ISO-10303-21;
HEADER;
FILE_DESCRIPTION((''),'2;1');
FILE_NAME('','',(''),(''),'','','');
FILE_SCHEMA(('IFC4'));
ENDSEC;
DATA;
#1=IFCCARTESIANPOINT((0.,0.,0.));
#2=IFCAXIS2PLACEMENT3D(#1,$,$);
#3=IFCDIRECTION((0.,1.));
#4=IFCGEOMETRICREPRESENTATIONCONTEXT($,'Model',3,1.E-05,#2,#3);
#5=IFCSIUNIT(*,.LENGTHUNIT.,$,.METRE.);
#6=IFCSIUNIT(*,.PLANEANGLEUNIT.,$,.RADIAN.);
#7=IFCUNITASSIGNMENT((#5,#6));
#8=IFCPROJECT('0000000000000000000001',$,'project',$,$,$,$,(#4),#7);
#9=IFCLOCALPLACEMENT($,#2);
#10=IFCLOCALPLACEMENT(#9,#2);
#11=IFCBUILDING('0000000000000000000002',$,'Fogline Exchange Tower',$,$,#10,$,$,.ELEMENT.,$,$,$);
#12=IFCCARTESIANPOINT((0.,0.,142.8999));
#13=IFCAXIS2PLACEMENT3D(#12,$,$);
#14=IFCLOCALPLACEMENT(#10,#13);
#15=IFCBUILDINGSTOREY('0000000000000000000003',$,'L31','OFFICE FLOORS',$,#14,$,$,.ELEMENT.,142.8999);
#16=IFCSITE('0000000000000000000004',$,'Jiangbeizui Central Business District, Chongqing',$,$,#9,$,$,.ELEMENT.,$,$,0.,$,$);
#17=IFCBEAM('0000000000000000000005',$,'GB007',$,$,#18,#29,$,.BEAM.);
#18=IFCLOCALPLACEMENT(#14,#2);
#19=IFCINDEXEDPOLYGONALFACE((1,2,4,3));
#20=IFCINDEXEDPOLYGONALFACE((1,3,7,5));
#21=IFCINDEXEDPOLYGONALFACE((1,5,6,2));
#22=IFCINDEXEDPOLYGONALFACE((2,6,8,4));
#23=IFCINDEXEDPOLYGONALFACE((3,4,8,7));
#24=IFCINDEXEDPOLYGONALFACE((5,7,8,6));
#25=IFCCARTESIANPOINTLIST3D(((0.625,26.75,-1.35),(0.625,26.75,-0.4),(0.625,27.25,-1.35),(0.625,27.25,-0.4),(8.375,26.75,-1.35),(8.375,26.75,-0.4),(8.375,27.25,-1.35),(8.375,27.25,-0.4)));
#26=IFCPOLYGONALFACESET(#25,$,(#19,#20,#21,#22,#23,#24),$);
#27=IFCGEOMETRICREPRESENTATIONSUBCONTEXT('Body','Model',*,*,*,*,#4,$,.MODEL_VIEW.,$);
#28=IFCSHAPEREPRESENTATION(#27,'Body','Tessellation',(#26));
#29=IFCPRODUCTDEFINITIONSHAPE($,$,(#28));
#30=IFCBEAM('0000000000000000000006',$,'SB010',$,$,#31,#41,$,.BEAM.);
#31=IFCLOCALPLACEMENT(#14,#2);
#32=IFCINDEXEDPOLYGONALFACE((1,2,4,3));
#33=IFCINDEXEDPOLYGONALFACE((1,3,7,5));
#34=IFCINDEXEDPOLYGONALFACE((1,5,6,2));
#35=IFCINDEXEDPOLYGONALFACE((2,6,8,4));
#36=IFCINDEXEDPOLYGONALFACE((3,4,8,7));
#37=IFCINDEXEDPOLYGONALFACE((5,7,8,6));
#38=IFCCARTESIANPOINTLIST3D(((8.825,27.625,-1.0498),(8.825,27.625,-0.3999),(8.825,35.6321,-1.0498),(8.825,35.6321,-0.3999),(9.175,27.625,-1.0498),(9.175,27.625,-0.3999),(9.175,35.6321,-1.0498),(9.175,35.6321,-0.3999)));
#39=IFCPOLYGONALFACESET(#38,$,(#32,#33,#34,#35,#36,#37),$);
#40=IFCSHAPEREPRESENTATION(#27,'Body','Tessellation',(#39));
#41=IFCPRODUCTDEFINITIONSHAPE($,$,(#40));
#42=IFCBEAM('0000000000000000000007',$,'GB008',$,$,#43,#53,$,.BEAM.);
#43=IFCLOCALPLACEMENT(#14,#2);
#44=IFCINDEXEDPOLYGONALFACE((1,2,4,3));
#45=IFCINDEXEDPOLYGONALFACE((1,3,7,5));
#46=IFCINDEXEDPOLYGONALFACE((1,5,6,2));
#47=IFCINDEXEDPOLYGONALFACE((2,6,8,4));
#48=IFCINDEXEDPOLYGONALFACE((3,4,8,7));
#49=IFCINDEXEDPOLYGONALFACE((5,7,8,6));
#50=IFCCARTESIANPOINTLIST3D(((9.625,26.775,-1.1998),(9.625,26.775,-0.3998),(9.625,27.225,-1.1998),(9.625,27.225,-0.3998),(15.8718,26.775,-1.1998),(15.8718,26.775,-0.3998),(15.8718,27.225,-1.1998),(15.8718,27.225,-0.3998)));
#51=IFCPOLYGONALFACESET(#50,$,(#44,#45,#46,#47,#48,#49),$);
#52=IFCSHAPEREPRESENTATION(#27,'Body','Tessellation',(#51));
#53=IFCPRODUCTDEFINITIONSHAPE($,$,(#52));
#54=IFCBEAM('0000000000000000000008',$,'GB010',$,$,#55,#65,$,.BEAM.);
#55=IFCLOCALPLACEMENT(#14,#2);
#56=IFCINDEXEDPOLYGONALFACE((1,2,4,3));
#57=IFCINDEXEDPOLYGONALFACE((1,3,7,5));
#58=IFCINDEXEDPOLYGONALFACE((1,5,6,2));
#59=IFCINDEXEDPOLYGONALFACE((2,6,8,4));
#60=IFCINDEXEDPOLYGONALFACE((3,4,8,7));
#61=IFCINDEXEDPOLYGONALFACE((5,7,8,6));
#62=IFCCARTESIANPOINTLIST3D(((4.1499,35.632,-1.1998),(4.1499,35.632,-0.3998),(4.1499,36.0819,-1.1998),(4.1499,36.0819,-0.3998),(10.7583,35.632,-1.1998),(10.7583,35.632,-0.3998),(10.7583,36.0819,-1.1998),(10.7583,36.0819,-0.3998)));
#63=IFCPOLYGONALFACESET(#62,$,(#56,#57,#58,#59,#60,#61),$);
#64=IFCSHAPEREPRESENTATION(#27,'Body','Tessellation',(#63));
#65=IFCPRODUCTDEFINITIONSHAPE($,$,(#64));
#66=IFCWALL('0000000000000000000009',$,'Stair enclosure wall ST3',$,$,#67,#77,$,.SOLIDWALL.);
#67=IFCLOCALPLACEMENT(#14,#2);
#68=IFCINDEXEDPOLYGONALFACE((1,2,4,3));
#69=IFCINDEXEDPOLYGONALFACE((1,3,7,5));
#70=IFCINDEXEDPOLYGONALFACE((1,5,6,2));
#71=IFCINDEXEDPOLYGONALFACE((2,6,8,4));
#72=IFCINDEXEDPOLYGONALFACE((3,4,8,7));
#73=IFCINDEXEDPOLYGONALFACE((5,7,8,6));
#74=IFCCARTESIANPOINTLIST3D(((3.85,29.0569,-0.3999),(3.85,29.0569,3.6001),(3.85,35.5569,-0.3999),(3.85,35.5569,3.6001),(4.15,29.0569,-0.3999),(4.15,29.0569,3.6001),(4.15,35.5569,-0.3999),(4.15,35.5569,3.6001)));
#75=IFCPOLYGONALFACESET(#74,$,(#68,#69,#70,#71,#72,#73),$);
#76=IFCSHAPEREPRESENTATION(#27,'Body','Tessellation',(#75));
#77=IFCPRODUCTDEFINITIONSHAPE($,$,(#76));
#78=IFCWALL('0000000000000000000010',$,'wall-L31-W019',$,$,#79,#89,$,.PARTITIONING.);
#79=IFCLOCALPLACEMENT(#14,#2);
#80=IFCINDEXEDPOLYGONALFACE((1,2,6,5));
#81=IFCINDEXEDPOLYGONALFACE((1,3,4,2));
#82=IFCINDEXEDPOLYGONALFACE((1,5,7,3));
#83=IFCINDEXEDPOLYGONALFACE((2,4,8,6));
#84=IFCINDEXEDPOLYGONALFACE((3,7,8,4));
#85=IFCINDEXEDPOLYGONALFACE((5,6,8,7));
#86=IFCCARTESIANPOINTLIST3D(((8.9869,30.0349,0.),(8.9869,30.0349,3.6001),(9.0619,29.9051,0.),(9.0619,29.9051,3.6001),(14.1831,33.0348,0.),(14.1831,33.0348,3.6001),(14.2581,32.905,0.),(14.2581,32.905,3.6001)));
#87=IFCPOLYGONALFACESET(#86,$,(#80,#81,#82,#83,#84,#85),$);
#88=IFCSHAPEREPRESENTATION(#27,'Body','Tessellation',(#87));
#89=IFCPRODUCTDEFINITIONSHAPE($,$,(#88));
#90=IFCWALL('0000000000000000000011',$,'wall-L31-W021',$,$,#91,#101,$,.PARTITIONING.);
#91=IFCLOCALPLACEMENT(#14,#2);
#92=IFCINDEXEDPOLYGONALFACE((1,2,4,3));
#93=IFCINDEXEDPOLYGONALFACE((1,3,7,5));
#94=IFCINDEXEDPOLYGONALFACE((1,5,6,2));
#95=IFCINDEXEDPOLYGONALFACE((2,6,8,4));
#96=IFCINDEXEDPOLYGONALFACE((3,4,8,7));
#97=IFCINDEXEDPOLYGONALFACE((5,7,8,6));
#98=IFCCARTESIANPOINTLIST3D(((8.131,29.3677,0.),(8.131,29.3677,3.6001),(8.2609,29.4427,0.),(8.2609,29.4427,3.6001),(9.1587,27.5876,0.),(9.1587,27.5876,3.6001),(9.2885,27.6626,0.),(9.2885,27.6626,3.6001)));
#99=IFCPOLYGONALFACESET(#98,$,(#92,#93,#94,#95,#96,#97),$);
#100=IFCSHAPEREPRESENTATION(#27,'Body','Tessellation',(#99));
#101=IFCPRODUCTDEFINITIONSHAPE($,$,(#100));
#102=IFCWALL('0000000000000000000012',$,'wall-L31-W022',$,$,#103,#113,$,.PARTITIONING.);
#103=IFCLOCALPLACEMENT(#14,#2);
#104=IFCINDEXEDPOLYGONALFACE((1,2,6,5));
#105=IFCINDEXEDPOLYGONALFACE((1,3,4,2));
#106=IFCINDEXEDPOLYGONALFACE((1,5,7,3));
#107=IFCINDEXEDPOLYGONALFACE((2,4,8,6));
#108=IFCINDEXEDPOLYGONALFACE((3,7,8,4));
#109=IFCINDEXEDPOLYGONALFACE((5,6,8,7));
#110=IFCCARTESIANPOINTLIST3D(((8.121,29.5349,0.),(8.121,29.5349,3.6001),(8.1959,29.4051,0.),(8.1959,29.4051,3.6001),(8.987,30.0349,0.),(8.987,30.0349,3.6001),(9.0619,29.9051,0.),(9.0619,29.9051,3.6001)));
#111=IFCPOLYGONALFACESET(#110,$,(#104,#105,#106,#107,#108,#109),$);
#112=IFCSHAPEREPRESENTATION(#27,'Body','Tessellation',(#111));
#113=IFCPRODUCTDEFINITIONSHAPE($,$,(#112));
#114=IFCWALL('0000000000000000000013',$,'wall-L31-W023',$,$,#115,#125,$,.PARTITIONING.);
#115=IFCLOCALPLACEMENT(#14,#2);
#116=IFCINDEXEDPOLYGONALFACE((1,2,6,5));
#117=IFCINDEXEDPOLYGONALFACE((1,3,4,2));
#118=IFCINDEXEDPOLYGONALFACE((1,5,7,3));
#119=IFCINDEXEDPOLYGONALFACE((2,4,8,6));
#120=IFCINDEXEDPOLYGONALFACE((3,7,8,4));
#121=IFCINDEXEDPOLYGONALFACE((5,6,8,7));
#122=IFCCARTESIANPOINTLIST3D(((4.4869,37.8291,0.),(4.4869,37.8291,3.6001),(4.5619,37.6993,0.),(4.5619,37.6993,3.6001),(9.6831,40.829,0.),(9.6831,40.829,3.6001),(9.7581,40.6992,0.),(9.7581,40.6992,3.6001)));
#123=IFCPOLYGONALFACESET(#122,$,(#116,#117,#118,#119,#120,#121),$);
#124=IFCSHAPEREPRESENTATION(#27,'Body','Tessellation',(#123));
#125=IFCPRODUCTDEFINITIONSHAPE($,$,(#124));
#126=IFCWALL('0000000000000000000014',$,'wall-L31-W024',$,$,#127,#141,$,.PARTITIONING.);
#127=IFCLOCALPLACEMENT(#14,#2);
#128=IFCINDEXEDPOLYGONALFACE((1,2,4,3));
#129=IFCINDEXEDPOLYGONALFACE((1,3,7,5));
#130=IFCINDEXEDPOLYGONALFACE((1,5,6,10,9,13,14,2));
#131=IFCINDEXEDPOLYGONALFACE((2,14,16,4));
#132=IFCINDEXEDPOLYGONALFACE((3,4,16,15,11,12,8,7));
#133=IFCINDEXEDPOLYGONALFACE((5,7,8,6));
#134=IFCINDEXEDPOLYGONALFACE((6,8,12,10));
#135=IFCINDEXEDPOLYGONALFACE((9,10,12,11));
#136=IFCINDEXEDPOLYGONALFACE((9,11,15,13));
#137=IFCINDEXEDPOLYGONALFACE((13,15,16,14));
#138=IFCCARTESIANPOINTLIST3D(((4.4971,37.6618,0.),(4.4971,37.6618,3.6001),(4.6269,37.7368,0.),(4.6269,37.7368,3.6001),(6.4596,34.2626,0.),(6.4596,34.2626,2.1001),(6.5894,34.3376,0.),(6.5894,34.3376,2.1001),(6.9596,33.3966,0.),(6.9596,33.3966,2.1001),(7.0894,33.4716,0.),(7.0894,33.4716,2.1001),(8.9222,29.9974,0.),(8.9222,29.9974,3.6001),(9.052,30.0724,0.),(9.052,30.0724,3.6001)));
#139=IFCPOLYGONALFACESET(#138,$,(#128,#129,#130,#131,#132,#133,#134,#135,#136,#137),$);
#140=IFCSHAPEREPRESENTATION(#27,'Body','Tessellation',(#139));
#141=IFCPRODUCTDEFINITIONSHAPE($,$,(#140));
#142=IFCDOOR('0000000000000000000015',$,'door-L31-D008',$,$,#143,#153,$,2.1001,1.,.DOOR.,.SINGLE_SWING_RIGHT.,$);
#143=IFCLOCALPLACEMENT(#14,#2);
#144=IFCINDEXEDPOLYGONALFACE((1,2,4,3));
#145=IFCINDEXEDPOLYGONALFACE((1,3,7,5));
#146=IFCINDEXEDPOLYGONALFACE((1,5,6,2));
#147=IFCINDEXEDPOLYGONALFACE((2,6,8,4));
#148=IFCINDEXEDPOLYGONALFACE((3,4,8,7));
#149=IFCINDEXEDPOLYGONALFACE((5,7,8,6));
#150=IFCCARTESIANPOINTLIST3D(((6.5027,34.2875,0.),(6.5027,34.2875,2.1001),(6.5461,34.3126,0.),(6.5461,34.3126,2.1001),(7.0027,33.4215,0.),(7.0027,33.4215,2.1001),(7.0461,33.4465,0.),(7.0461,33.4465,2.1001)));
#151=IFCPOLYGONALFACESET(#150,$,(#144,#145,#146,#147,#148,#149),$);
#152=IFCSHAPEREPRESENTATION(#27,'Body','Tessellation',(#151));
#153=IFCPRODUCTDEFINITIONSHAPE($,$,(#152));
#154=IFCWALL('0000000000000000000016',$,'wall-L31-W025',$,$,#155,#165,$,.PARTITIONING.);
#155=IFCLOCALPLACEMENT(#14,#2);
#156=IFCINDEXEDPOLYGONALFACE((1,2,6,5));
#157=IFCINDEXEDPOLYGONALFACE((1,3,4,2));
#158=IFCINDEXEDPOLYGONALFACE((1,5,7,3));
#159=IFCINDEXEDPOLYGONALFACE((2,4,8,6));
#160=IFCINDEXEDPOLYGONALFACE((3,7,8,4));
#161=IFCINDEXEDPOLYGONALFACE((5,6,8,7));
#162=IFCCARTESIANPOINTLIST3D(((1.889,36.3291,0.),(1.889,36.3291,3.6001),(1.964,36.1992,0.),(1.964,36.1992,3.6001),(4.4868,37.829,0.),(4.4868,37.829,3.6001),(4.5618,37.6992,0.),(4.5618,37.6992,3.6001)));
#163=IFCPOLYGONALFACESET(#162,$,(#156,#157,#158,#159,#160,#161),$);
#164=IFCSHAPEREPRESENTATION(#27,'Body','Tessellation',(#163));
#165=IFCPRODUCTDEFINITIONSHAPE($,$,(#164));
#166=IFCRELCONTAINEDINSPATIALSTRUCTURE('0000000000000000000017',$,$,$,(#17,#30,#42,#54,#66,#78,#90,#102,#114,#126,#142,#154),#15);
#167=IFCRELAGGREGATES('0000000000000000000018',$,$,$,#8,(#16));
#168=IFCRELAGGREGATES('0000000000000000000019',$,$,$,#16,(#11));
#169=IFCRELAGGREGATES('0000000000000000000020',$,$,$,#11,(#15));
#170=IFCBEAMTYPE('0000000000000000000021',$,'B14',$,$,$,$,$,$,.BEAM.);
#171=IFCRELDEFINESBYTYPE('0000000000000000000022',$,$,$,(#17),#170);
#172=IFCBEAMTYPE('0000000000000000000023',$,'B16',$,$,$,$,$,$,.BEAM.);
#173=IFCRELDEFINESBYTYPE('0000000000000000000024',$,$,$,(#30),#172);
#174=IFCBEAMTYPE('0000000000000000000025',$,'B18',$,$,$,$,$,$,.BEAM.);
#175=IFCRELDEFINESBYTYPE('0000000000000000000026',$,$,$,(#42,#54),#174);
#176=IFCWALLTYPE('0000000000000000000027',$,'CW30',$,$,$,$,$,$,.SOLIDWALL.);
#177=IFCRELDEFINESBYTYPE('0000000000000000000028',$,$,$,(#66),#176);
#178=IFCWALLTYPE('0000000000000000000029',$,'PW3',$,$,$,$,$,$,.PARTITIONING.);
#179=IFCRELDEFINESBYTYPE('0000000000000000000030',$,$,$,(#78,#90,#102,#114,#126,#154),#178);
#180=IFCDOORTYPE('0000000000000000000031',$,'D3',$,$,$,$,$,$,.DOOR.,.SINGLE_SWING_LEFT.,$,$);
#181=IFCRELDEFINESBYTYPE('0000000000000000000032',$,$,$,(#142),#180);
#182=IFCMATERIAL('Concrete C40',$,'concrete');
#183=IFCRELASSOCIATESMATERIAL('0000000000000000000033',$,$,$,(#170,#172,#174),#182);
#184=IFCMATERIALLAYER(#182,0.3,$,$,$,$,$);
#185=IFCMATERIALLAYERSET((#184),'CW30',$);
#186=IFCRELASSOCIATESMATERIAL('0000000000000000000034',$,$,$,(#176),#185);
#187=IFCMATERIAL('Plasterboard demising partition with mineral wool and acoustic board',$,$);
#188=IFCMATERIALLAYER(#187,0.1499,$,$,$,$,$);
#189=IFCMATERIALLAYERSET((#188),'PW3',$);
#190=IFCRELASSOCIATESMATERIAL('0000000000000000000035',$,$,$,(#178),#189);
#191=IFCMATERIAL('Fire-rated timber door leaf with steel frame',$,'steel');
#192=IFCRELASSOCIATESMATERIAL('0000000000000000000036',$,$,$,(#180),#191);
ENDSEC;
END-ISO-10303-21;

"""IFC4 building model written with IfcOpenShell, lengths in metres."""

from ifc_helpers import new_model, si_unit, direction, frame, frame_2d, origin, origin_2d, place, context, subcontext, project, spatial, rectangle, extrude, material, layer, layer_set, material_profile, profile_set, type_object, element, fill, save


model = new_model("IFC4")

# Units and contexts
model_context = context("Model", 3, precision=1e-05, world=origin(), true_north=direction((0.0, 1.0)))
body_context = subcontext(model_context, "Body", "Model", "MODEL_VIEW")
ifc_project = project(units=[si_unit("LENGTHUNIT", "METRE"), si_unit("PLANEANGLEUNIT", "RADIAN")], contexts=[model_context])

# Site, building, storey
site_placement = place(None, origin())
site = spatial("IfcSite", under=ifc_project, at=site_placement, Name="Jiangbeizui Central Business District, Chongqing", CompositionType="ELEMENT", RefElevation=0.0)
building_placement = place(site_placement, origin())
building = spatial("IfcBuilding", under=site, at=building_placement, Name="Fogline Exchange Tower", CompositionType="ELEMENT")
storey_placement = place(building_placement, frame((0.0, 0.0, 142.8999)))
storey = spatial("IfcBuildingStorey", under=building, at=storey_placement, Name="L31", Description="OFFICE FLOORS", CompositionType="ELEMENT", Elevation=142.8999)

# Beams
ifc_material_1 = material(Name="Concrete C40", Category="concrete")
ifc_material_profile_1 = material_profile(ifc_material_1, rectangle(XDim=0.5, YDim=0.95, at=origin_2d()), Name="RC 500x950")
ifc_profile_set_1 = profile_set([ifc_material_profile_1], Name="Concrete C40")
beam_type_1 = type_object("IfcBeamType", Name="B14", PredefinedType="BEAM", material=ifc_profile_set_1)
beam_1_placement = place(storey_placement, frame((0.625, 27.0, -0.875), z_axis=(1.0, 0.0, 0.0), x_axis=(0.0, 1.0, 0.0)))
element("IfcBeam", 1, at=beam_1_placement, inside=storey, type_object=beam_type_1, Name="GB007", PredefinedType="BEAM", context=body_context, shape_type="SweptSolid", body=[
    extrude(rectangle(XDim=0.5, YDim=0.95, at=origin_2d()), origin(), (0.0, 0.0, 1.0), 7.75),
])
ifc_material_profile_2 = material_profile(ifc_material_1, rectangle(XDim=0.3501, YDim=0.6499, at=origin_2d()), Name="RC 350x650")
ifc_profile_set_2 = profile_set([ifc_material_profile_2], Name="Concrete C40")
beam_type_2 = type_object("IfcBeamType", Name="B16", PredefinedType="BEAM", material=ifc_profile_set_2)
beam_2_placement = place(storey_placement, frame((9.0, 27.625, -0.7249), z_axis=(0.0, 1.0, 0.0), x_axis=(-1.0, 0.0, 0.0)))
element("IfcBeam", 2, at=beam_2_placement, inside=storey, type_object=beam_type_2, Name="SB010", PredefinedType="BEAM", context=body_context, shape_type="SweptSolid", body=[
    extrude(rectangle(XDim=0.3501, YDim=0.6499, at=origin_2d()), origin(), (0.0, 0.0, 1.0), 8.0071),
])
ifc_material_profile_3 = material_profile(ifc_material_1, rectangle(XDim=0.45, YDim=0.8, at=origin_2d()), Name="RC 450x800")
ifc_profile_set_3 = profile_set([ifc_material_profile_3], Name="Concrete C40")
beam_type_3 = type_object("IfcBeamType", Name="B18", PredefinedType="BEAM", material=ifc_profile_set_3)
beam_3_placement = place(storey_placement, frame((9.625, 27.0, -0.7998), z_axis=(1.0, 0.0, 0.0), x_axis=(0.0, 1.0, 0.0)))
element("IfcBeam", 3, at=beam_3_placement, inside=storey, type_object=beam_type_3, Name="GB008", PredefinedType="BEAM", context=body_context, shape_type="SweptSolid", body=[
    extrude(rectangle(XDim=0.45, YDim=0.8, at=origin_2d()), origin(), (0.0, 0.0, 1.0), 6.2468),
])
beam_4_placement = place(storey_placement, frame((4.1499, 35.8569, -0.7998), z_axis=(1.0, 0.0, 0.0), x_axis=(0.0, 1.0, 0.0)))
element("IfcBeam", 4, at=beam_4_placement, inside=storey, type_object=beam_type_3, Name="GB010", PredefinedType="BEAM", context=body_context, shape_type="SweptSolid", body=[
    extrude(rectangle(XDim=0.45, YDim=0.8, at=origin_2d()), origin(), (0.0, 0.0, 1.0), 6.6084),
])

# Wall
ifc_layer_1 = layer(ifc_material_1, 0.3)
ifc_layer_set_1 = layer_set([ifc_layer_1], Name="CW30")
wall_type_1 = type_object("IfcWallType", Name="CW30", PredefinedType="SOLIDWALL", material=ifc_layer_set_1)
wall_1_placement = place(storey_placement, frame((4.0, 29.0569, -0.3999), z_axis=(0.0, 0.0, 1.0), x_axis=(0.0, 1.0, 0.0)))
element("IfcWall", 5, at=wall_1_placement, inside=storey, type_object=wall_type_1, Name="Stair enclosure wall ST3", PredefinedType="SOLIDWALL", context=body_context, shape_type="SweptSolid", body=[
    extrude(rectangle(XDim=6.5, YDim=0.3, at=frame_2d((3.25, 0.0))), origin(), (0.0, 0.0, 1.0), 4.0),
])

# Walls
ifc_material_2 = material(Name="Plasterboard demising partition with mineral wool and acoustic board")
ifc_layer_2 = layer(ifc_material_2, 0.1499)
ifc_layer_set_2 = layer_set([ifc_layer_2], Name="PW3")
wall_type_2 = type_object("IfcWallType", Name="PW3", PredefinedType="PARTITIONING", material=ifc_layer_set_2)
wall_2_placement = place(storey_placement, frame((9.0244, 29.97, 0.0), z_axis=(0.0, 0.0, 1.0), x_axis=(0.866031, 0.49999, 0.0)))
element("IfcWall", 6, at=wall_2_placement, inside=storey, type_object=wall_type_2, Name="wall-L31-W019", PredefinedType="PARTITIONING", context=body_context, shape_type="SweptSolid", body=[
    extrude(rectangle(XDim=6.0, YDim=0.1499, at=frame_2d((3.0, 0.0))), origin(), (0.0, 0.0, 1.0), 3.6001),
])
wall_3_placement = place(storey_placement, frame((9.2236, 27.625, 0.0), z_axis=(0.0, 0.0, 1.0), x_axis=(-0.499959, 0.866049, 0.0)))
element("IfcWall", 7, at=wall_3_placement, inside=storey, type_object=wall_type_2, Name="wall-L31-W021", PredefinedType="PARTITIONING", context=body_context, shape_type="SweptSolid", body=[
    extrude(rectangle(XDim=2.0554, YDim=0.1499, at=frame_2d((1.0278, 0.0))), origin(), (0.0, 0.0, 1.0), 3.6001),
])
wall_4_placement = place(storey_placement, frame((8.1584, 29.47, 0.0), z_axis=(0.0, 0.0, 1.0), x_axis=(0.866011, 0.500025, 0.0)))
element("IfcWall", 8, at=wall_4_placement, inside=storey, type_object=wall_type_2, Name="wall-L31-W022", PredefinedType="PARTITIONING", context=body_context, shape_type="SweptSolid", body=[
    extrude(rectangle(XDim=1.0, YDim=0.1499, at=frame_2d((0.5, 0.0))), origin(), (0.0, 0.0, 1.0), 3.6001),
])
wall_5_placement = place(storey_placement, frame((4.5244, 37.7642, 0.0), z_axis=(0.0, 0.0, 1.0), x_axis=(0.866031, 0.49999, 0.0)))
element("IfcWall", 9, at=wall_5_placement, inside=storey, type_object=wall_type_2, Name="wall-L31-W023", PredefinedType="PARTITIONING", context=body_context, shape_type="SweptSolid", body=[
    extrude(rectangle(XDim=6.0, YDim=0.1499, at=frame_2d((3.0, 0.0))), origin(), (0.0, 0.0, 1.0), 3.6001),
])

# Wall, opening, door
wall_6_placement = place(storey_placement, frame((8.9871, 30.0349, 0.0), z_axis=(0.0, 0.0, 1.0), x_axis=(-0.500005, 0.866023, 0.0)))
wall_6 = element("IfcWall", 10, at=wall_6_placement, inside=storey, type_object=wall_type_2, Name="wall-L31-W024", PredefinedType="PARTITIONING", context=body_context, shape_type="SweptSolid", body=[
    extrude(rectangle(XDim=8.8501, YDim=0.1499, at=frame_2d((4.425, 0.0))), origin(), (0.0, 0.0, 1.0), 3.6001),
])
opening_1_placement = place(wall_6_placement, frame((3.925, 0.0, 0.0)))
opening_1 = element("IfcOpeningElement", 11, at=opening_1_placement, cuts=wall_6, PredefinedType="OPENING", context=body_context, shape_type="SweptSolid", body=[
    extrude(rectangle(XDim=1.0, YDim=2.1001, at=frame_2d((0.5, 1.05))), frame((0.0, 0.085, 0.0), z_axis=(0.0, -1.0, 0.0), x_axis=(1.0, 0.0, 0.0)), (0.0, 0.0, 1.0), 0.1699),
])
ifc_material_3 = material(Name="Fire-rated timber door leaf with steel frame", Category="steel")
door_type_1 = type_object("IfcDoorType", Name="D3", OperationType="SINGLE_SWING_LEFT", PredefinedType="DOOR", material=ifc_material_3)
door_1_placement = place(opening_1_placement, frame((1.0, 0.0, 0.0), z_axis=(0.0, 0.0, 1.0), x_axis=(-1.0, 0.0, 0.0)))
door_1 = element("IfcDoor", 12, at=door_1_placement, inside=storey, type_object=door_type_1, Name="door-L31-D008", OperationType="SINGLE_SWING_RIGHT", OverallHeight=2.1001, OverallWidth=1.0, PredefinedType="DOOR", context=body_context, shape_type="SweptSolid", body=[
    extrude(rectangle(XDim=1.0, YDim=2.1001, at=frame_2d((0.5, 1.05))), frame((0.0, 0.0249, 0.0), z_axis=(0.0, -1.0, 0.0), x_axis=(1.0, 0.0, 0.0)), (0.0, 0.0, 1.0), 0.05),
])
fill(opening_1, door_1)

# Wall
wall_7_placement = place(storey_placement, frame((4.5244, 37.7642, 0.0), z_axis=(0.0, 0.0, 1.0), x_axis=(-0.866011, -0.500025, 0.0)))
element("IfcWall", 13, at=wall_7_placement, inside=storey, type_object=wall_type_2, Name="wall-L31-W025", PredefinedType="PARTITIONING", context=body_context, shape_type="SweptSolid", body=[
    extrude(rectangle(XDim=2.9998, YDim=0.1499, at=frame_2d((1.5, 0.0))), origin(), (0.0, 0.0, 1.0), 3.6001),
])

save(model, "model.ifc")
